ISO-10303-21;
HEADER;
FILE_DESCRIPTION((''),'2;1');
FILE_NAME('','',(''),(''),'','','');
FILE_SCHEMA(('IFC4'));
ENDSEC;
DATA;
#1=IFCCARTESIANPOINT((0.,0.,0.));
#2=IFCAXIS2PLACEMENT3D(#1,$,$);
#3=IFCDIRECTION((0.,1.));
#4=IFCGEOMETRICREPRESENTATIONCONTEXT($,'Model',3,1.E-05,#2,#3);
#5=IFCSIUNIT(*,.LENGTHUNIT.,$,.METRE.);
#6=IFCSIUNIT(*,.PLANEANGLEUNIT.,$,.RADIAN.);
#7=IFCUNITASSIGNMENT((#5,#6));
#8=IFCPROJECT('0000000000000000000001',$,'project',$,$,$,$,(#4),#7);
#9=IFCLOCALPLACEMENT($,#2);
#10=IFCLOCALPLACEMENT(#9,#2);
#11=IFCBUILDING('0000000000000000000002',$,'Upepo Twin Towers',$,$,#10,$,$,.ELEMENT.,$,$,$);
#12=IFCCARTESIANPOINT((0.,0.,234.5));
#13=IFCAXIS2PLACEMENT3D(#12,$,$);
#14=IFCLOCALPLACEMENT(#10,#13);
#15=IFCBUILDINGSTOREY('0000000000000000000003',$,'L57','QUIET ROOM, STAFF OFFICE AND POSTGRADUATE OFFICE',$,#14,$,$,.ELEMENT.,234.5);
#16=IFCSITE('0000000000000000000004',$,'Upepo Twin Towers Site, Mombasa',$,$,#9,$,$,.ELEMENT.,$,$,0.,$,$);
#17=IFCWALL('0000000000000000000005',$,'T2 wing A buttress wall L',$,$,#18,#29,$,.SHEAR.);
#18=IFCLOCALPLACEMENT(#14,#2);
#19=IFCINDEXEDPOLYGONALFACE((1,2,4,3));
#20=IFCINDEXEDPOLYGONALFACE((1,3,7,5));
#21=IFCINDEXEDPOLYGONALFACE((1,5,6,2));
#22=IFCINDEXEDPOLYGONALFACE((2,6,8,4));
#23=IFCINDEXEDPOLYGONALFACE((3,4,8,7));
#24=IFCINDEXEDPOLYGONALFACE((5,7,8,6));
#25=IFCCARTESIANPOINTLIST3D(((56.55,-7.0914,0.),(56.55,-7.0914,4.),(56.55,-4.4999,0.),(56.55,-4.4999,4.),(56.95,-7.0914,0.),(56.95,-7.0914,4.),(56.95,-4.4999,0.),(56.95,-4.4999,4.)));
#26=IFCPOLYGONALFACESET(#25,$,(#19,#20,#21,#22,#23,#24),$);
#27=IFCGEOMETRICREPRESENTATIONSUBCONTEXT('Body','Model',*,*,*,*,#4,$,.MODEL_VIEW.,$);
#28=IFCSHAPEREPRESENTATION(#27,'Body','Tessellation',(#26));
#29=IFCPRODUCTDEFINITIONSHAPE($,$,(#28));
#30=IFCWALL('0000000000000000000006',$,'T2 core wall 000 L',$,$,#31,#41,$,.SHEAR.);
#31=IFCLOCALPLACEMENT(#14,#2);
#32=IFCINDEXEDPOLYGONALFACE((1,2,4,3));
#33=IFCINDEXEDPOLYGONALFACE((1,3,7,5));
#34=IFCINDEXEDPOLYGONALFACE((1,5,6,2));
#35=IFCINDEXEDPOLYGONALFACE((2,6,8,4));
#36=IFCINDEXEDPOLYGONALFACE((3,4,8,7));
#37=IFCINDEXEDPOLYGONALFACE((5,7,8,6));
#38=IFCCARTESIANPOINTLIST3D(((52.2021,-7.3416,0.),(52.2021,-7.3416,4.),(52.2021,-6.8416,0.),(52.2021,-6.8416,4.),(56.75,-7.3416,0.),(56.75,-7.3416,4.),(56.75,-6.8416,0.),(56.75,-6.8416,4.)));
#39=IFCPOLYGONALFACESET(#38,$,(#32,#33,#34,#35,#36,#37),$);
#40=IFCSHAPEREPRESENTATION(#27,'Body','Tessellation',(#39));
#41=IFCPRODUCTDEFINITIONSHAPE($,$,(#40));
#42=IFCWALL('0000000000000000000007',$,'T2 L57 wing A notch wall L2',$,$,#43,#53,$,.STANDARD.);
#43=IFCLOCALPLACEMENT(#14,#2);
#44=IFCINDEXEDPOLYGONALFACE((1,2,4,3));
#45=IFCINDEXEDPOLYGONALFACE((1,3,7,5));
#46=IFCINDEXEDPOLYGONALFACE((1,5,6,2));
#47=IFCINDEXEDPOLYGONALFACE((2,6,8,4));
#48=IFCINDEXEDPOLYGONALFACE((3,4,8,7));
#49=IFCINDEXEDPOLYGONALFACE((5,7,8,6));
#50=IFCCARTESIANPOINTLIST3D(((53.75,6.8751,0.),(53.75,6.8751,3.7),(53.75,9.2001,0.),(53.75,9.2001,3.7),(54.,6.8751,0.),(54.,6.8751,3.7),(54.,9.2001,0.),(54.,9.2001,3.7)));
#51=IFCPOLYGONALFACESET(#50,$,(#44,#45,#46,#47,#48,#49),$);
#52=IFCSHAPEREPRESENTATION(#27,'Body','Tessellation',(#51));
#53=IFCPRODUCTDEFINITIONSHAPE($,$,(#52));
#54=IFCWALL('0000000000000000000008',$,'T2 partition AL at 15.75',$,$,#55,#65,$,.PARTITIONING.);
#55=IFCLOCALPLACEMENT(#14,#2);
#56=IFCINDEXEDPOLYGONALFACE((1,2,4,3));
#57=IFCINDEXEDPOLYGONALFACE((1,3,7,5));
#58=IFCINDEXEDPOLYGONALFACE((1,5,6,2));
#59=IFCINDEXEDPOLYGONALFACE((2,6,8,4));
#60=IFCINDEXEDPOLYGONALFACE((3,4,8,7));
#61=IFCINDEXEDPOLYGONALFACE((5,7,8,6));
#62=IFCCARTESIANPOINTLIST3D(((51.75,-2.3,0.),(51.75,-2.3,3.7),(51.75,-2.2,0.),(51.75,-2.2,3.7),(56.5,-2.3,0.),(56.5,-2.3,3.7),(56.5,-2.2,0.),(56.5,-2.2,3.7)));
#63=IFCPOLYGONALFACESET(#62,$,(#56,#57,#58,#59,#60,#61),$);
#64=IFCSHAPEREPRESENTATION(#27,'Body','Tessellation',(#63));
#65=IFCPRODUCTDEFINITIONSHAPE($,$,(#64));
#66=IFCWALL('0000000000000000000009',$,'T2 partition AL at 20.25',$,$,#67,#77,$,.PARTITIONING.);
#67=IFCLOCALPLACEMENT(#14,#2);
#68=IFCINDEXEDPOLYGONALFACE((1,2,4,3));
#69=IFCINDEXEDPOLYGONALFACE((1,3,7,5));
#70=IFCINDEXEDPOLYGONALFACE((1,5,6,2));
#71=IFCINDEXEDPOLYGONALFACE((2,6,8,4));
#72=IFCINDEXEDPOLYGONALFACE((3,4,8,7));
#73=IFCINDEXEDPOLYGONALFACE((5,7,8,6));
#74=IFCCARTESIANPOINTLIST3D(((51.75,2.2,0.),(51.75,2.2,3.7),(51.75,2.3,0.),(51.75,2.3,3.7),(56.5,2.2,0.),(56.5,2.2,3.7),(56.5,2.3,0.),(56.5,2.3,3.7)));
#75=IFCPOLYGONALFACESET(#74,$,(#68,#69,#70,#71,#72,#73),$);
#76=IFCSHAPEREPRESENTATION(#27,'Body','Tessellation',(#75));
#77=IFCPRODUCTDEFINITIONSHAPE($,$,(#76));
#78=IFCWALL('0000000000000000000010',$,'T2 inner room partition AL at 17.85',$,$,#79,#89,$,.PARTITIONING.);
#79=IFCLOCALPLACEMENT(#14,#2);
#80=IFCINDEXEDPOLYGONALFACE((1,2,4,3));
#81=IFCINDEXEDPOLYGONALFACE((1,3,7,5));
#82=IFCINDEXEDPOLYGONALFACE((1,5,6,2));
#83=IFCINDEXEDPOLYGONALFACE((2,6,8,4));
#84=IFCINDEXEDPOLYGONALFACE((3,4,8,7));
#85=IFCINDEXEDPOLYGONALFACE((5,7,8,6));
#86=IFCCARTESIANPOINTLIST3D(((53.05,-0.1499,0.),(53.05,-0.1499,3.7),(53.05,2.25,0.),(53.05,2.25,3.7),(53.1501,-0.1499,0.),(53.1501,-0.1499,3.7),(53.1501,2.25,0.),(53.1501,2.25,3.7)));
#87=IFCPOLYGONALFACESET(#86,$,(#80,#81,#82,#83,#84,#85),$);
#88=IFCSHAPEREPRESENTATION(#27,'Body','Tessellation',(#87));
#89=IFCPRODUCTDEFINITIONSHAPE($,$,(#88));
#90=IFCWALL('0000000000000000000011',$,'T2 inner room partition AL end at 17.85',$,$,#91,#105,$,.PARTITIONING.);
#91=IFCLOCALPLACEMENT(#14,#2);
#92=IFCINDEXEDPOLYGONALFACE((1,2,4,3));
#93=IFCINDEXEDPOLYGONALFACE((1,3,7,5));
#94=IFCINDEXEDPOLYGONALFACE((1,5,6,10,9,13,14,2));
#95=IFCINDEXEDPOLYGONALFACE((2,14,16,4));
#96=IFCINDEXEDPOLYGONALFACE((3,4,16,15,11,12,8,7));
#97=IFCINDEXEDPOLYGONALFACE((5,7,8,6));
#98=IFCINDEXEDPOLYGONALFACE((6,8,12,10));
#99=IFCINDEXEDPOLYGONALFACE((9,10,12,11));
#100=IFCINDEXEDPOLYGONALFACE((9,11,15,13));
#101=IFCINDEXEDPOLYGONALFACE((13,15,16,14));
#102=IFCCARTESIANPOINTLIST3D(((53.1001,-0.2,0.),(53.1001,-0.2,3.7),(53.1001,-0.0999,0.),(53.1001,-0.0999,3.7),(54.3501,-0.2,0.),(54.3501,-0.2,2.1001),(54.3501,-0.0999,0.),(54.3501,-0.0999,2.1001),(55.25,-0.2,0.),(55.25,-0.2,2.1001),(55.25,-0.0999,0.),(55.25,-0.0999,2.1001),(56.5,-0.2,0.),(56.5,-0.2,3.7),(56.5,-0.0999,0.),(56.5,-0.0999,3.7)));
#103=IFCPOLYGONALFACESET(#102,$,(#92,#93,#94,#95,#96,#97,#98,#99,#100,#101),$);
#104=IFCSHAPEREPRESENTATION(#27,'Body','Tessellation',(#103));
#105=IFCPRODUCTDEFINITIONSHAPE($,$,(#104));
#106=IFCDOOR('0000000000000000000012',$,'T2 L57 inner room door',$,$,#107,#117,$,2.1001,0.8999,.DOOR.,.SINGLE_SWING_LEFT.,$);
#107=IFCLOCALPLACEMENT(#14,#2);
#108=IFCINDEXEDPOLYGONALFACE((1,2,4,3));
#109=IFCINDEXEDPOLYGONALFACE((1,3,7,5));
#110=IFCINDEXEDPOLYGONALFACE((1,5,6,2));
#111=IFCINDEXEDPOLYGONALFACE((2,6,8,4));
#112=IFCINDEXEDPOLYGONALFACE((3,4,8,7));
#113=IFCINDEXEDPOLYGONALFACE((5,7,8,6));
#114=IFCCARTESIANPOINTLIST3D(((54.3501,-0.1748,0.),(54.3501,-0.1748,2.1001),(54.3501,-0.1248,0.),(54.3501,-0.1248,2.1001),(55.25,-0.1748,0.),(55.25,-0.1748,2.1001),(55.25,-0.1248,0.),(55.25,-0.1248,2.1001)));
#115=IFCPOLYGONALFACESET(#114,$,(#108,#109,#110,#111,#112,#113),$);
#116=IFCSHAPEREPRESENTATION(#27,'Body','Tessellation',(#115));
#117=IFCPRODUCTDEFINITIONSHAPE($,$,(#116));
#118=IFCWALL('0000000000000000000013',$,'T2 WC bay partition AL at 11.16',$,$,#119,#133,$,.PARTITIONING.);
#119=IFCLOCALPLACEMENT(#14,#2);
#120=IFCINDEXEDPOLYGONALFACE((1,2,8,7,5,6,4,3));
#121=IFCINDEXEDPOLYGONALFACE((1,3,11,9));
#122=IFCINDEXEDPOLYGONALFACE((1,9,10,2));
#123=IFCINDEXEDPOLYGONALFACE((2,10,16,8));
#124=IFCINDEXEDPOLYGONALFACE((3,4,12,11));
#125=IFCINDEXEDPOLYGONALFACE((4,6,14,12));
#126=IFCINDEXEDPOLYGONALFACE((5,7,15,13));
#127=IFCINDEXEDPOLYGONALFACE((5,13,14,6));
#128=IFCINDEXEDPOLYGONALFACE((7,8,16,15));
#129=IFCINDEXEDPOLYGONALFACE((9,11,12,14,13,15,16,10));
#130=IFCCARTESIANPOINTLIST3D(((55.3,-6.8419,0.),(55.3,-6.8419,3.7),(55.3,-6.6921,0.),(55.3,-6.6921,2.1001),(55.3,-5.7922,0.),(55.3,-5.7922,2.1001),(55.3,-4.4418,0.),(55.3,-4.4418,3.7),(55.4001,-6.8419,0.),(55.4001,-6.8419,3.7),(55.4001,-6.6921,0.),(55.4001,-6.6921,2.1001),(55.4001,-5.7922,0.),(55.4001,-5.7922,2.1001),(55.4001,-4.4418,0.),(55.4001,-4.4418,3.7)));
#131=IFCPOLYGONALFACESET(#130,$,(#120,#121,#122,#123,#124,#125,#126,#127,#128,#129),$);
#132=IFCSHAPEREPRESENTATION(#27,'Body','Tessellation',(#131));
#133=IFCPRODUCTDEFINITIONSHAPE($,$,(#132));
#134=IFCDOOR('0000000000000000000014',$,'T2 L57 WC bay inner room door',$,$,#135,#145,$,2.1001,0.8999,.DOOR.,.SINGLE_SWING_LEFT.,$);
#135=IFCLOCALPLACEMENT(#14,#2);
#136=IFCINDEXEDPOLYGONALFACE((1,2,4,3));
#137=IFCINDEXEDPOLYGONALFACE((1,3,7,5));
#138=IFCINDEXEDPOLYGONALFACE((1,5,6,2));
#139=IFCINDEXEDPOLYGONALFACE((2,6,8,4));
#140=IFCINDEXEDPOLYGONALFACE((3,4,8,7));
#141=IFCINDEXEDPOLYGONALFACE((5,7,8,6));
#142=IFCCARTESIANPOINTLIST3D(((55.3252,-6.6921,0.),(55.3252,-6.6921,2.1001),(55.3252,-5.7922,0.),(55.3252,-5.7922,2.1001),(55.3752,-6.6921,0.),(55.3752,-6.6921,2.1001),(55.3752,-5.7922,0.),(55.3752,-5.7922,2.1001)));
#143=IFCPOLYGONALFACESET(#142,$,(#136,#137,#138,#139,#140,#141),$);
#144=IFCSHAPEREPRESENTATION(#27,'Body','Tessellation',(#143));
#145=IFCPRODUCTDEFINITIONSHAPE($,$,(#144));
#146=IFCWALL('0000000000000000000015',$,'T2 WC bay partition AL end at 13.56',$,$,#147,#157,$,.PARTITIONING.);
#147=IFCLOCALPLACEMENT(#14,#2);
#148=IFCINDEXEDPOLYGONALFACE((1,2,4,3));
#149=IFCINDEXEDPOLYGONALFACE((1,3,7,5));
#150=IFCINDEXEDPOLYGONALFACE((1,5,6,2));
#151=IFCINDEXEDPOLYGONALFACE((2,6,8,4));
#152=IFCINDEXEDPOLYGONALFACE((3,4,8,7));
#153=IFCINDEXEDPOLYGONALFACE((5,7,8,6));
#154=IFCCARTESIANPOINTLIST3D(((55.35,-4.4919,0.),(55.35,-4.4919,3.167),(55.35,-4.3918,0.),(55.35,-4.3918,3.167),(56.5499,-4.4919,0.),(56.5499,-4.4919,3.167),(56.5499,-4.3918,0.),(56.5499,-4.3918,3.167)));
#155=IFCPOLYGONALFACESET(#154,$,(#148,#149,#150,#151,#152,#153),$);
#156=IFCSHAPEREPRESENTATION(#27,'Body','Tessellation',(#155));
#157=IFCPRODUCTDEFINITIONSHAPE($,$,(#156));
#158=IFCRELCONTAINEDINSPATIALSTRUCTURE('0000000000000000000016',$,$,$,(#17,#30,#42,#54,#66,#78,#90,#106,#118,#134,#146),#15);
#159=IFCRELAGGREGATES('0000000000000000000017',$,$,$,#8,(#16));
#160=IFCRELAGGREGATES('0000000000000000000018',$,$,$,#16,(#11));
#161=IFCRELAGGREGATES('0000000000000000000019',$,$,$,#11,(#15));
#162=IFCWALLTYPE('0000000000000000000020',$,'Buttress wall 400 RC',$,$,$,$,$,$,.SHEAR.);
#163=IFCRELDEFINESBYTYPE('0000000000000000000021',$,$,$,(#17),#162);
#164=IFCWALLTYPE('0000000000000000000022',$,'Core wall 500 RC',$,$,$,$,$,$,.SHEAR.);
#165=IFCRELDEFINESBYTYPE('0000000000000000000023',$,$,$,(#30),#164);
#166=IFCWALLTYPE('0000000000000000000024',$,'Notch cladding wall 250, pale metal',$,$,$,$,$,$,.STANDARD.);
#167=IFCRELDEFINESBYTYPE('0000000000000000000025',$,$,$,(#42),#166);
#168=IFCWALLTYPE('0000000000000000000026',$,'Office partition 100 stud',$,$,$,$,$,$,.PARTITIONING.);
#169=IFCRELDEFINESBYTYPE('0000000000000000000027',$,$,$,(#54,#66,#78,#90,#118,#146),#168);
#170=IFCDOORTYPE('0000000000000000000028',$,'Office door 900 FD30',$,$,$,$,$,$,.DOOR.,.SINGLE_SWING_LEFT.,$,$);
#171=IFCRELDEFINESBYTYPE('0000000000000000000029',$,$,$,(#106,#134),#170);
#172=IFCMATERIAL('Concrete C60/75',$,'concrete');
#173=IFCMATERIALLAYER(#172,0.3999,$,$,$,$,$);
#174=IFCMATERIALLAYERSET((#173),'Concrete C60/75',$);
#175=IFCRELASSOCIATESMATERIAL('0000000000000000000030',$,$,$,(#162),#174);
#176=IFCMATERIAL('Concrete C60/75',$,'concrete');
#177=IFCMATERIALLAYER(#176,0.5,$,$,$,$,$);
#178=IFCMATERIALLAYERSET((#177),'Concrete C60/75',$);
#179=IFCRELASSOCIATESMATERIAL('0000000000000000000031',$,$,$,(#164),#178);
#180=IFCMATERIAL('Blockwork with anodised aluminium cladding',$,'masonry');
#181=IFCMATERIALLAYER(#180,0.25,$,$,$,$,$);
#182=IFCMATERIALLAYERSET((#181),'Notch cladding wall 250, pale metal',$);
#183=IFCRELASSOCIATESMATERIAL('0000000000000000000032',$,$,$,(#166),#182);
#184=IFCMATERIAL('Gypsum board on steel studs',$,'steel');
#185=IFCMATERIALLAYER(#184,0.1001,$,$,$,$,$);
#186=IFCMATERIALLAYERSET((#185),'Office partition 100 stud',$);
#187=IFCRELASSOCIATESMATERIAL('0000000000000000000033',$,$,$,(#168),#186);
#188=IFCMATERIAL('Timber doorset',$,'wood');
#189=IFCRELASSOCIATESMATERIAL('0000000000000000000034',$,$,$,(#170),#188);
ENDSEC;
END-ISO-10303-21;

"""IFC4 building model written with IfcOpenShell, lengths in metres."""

from ifc_helpers import new_model, si_unit, direction, frame, frame_2d, origin, place, context, subcontext, project, spatial, rectangle, extrude, material, layer, layer_set, type_object, element, fill, save


model = new_model("IFC4")

# Units and contexts
model_context = context("Model", 3, precision=1e-05, world=origin(), true_north=direction((0.0, 1.0)))
body_context = subcontext(model_context, "Body", "Model", "MODEL_VIEW")
ifc_project = project(units=[si_unit("LENGTHUNIT", "METRE"), si_unit("PLANEANGLEUNIT", "RADIAN")], contexts=[model_context])

# Site, building, storey
site_placement = place(None, origin())
site = spatial("IfcSite", under=ifc_project, at=site_placement, Name="Upepo Twin Towers Site, Mombasa", CompositionType="ELEMENT", RefElevation=0.0)
building_placement = place(site_placement, origin())
building = spatial("IfcBuilding", under=site, at=building_placement, Name="Upepo Twin Towers", CompositionType="ELEMENT")
storey_placement = place(building_placement, frame((0.0, 0.0, 234.5)))
storey = spatial("IfcBuildingStorey", under=building, at=storey_placement, Name="L57", Description="QUIET ROOM, STAFF OFFICE AND POSTGRADUATE OFFICE", CompositionType="ELEMENT", Elevation=234.5)

# Walls
ifc_material_1 = material(Name="Concrete C60/75", Category="concrete")
ifc_layer_1 = layer(ifc_material_1, 0.3999)
ifc_layer_set_1 = layer_set([ifc_layer_1], Name="Concrete C60/75")
wall_type_1 = type_object("IfcWallType", Name="Buttress wall 400 RC", PredefinedType="SHEAR", material=ifc_layer_set_1)
wall_1_placement = place(storey_placement, frame((56.75, -7.0916, 0.0), z_axis=(0.0, 0.0, 1.0), x_axis=(0.0, 1.0, 0.0)))
element("IfcWall", 1, at=wall_1_placement, inside=storey, type_object=wall_type_1, Name="T2 wing A buttress wall L", PredefinedType="SHEAR", context=body_context, shape_type="SweptSolid", body=[
    extrude(rectangle(XDim=2.5916, YDim=0.3999, at=frame_2d((1.2959, 0.0))), origin(), (0.0, 0.0, 1.0), 4.0),
])
ifc_material_2 = material(Name="Concrete C60/75", Category="concrete")
ifc_layer_2 = layer(ifc_material_2, 0.5)
ifc_layer_set_2 = layer_set([ifc_layer_2], Name="Concrete C60/75")
wall_type_2 = type_object("IfcWallType", Name="Core wall 500 RC", PredefinedType="SHEAR", material=ifc_layer_set_2)
wall_2_placement = place(storey_placement, frame((56.75, -7.0916, 0.0), z_axis=(0.0, 0.0, 1.0), x_axis=(-1.0, 0.0, 0.0)))
element("IfcWall", 2, at=wall_2_placement, inside=storey, type_object=wall_type_2, Name="T2 core wall 000 L", PredefinedType="SHEAR", context=body_context, shape_type="SweptSolid", body=[
    extrude(rectangle(XDim=4.5479, YDim=0.5, at=frame_2d((2.2739, 0.0))), origin(), (0.0, 0.0, 1.0), 4.0),
])
ifc_material_3 = material(Name="Blockwork with anodised aluminium cladding", Category="masonry")
ifc_layer_3 = layer(ifc_material_3, 0.25)
ifc_layer_set_3 = layer_set([ifc_layer_3], Name="Notch cladding wall 250, pale metal")
wall_type_3 = type_object("IfcWallType", Name="Notch cladding wall 250, pale metal", PredefinedType="STANDARD", material=ifc_layer_set_3)
wall_3_placement = place(storey_placement, frame((53.875, 6.875, 0.0), z_axis=(0.0, 0.0, 1.0), x_axis=(0.0, 1.0, 0.0)))
element("IfcWall", 3, at=wall_3_placement, inside=storey, type_object=wall_type_3, Name="T2 L57 wing A notch wall L2", PredefinedType="STANDARD", context=body_context, shape_type="SweptSolid", body=[
    extrude(rectangle(XDim=2.325, YDim=0.25, at=frame_2d((1.1626, 0.0))), origin(), (0.0, 0.0, 1.0), 3.7),
])
ifc_material_4 = material(Name="Gypsum board on steel studs", Category="steel")
ifc_layer_4 = layer(ifc_material_4, 0.1001)
ifc_layer_set_4 = layer_set([ifc_layer_4], Name="Office partition 100 stud")
wall_type_4 = type_object("IfcWallType", Name="Office partition 100 stud", PredefinedType="PARTITIONING", material=ifc_layer_set_4)
for number, where, z_axis, x_axis, name in (
    (4, (56.5, -2.25, 0.0), (0.0, 0.0, 1.0), (-1.0, 0.0, 0.0), "T2 partition AL at 15.75"),
    (5, (56.5, 2.25, 0.0), (0.0, 0.0, 1.0), (-1.0, 0.0, 0.0), "T2 partition AL at 20.25"),
):
    element("IfcWall", number, at=place(storey_placement, frame(where, z_axis=z_axis, x_axis=x_axis)), inside=storey, type_object=wall_type_4, Name=name, PredefinedType="PARTITIONING", context=body_context, shape_type="SweptSolid", body=[
        extrude(rectangle(XDim=4.75, YDim=0.1001, at=frame_2d((2.375, 0.0))), origin(), (0.0, 0.0, 1.0), 3.7),
    ])
wall_4_placement = place(storey_placement, frame((53.1001, -0.1499, 0.0), z_axis=(0.0, 0.0, 1.0), x_axis=(0.0, 1.0, 0.0)))
element("IfcWall", 6, at=wall_4_placement, inside=storey, type_object=wall_type_4, Name="T2 inner room partition AL at 17.85", PredefinedType="PARTITIONING", context=body_context, shape_type="SweptSolid", body=[
    extrude(rectangle(XDim=2.3999, YDim=0.1001, at=frame_2d((1.2, 0.0))), origin(), (0.0, 0.0, 1.0), 3.7),
])

# Walls, openings, doors
wall_5_placement = place(storey_placement, frame((56.5, -0.1499, 0.0), z_axis=(0.0, 0.0, 1.0), x_axis=(-1.0, 0.0, 0.0)))
wall_5 = element("IfcWall", 7, at=wall_5_placement, inside=storey, type_object=wall_type_4, Name="T2 inner room partition AL end at 17.85", PredefinedType="PARTITIONING", context=body_context, shape_type="SweptSolid", body=[
    extrude(rectangle(XDim=3.3999, YDim=0.1001, at=frame_2d((1.7, 0.0))), origin(), (0.0, 0.0, 1.0), 3.7),
])
opening_1_placement = place(wall_5_placement, frame((1.25, 0.0, 0.0)))
opening_1 = element("IfcOpeningElement", 8, at=opening_1_placement, cuts=wall_5, PredefinedType="OPENING", context=body_context, shape_type="SweptSolid", body=[
    extrude(rectangle(XDim=0.8999, YDim=2.1001, at=frame_2d((0.45, 1.05))), frame((0.0, 0.0601, 0.0), z_axis=(0.0, -1.0, 0.0), x_axis=(1.0, 0.0, 0.0)), (0.0, 0.0, 1.0), 0.1201),
])
ifc_material_5 = material(Name="Timber doorset", Category="wood")
door_type_1 = type_object("IfcDoorType", Name="Office door 900 FD30", OperationType="SINGLE_SWING_LEFT", PredefinedType="DOOR", material=ifc_material_5)
door_1_placement = place(opening_1_placement, origin())
door_1 = element("IfcDoor", 9, at=door_1_placement, inside=storey, type_object=door_type_1, Name="T2 L57 inner room door", OperationType="SINGLE_SWING_LEFT", OverallHeight=2.1001, OverallWidth=0.8999, PredefinedType="DOOR", context=body_context, shape_type="SweptSolid", body=[
    extrude(rectangle(XDim=0.8999, YDim=2.1001, at=frame_2d((0.45, 1.05))), frame((0.0, 0.0249, 0.0), z_axis=(0.0, -1.0, 0.0), x_axis=(1.0, 0.0, 0.0)), (0.0, 0.0, 1.0), 0.05),
])
fill(opening_1, door_1)
wall_6_placement = place(storey_placement, frame((55.3501, -6.842, 0.0), z_axis=(0.0, 0.0, 1.0), x_axis=(0.0, 1.0, 0.0)))
wall_6 = element("IfcWall", 10, at=wall_6_placement, inside=storey, type_object=wall_type_4, Name="T2 WC bay partition AL at 11.16", PredefinedType="PARTITIONING", context=body_context, shape_type="SweptSolid", body=[
    extrude(rectangle(XDim=2.4001, YDim=0.1001, at=frame_2d((1.2002, 0.0))), origin(), (0.0, 0.0, 1.0), 3.7),
])
opening_2_placement = place(wall_6_placement, frame((0.1499, 0.0, 0.0)))
opening_2 = element("IfcOpeningElement", 11, at=opening_2_placement, cuts=wall_6, PredefinedType="OPENING", context=body_context, shape_type="SweptSolid", body=[
    extrude(rectangle(XDim=0.8999, YDim=2.1001, at=frame_2d((0.45, 1.05))), frame((0.0, 0.0601, 0.0), z_axis=(0.0, -1.0, 0.0), x_axis=(1.0, 0.0, 0.0)), (0.0, 0.0, 1.0), 0.1201),
])
door_2_placement = place(opening_2_placement, origin())
door_2 = element("IfcDoor", 12, at=door_2_placement, inside=storey, type_object=door_type_1, Name="T2 L57 WC bay inner room door", OperationType="SINGLE_SWING_LEFT", OverallHeight=2.1001, OverallWidth=0.8999, PredefinedType="DOOR", context=body_context, shape_type="SweptSolid", body=[
    extrude(rectangle(XDim=0.8999, YDim=2.1001, at=frame_2d((0.45, 1.05))), frame((0.0, 0.0249, 0.0), z_axis=(0.0, -1.0, 0.0), x_axis=(1.0, 0.0, 0.0)), (0.0, 0.0, 1.0), 0.05),
])
fill(opening_2, door_2)

# Wall
wall_7_placement = place(storey_placement, frame((56.55, -4.4419, 0.0), z_axis=(0.0, 0.0, 1.0), x_axis=(-1.0, 0.0, 0.0)))
element("IfcWall", 13, at=wall_7_placement, inside=storey, type_object=wall_type_4, Name="T2 WC bay partition AL end at 13.56", PredefinedType="PARTITIONING", context=body_context, shape_type="SweptSolid", body=[
    extrude(rectangle(XDim=1.2, YDim=0.1001, at=frame_2d((0.6001, 0.0))), origin(), (0.0, 0.0, 1.0), 3.167),
])

save(model, "model.ifc")
